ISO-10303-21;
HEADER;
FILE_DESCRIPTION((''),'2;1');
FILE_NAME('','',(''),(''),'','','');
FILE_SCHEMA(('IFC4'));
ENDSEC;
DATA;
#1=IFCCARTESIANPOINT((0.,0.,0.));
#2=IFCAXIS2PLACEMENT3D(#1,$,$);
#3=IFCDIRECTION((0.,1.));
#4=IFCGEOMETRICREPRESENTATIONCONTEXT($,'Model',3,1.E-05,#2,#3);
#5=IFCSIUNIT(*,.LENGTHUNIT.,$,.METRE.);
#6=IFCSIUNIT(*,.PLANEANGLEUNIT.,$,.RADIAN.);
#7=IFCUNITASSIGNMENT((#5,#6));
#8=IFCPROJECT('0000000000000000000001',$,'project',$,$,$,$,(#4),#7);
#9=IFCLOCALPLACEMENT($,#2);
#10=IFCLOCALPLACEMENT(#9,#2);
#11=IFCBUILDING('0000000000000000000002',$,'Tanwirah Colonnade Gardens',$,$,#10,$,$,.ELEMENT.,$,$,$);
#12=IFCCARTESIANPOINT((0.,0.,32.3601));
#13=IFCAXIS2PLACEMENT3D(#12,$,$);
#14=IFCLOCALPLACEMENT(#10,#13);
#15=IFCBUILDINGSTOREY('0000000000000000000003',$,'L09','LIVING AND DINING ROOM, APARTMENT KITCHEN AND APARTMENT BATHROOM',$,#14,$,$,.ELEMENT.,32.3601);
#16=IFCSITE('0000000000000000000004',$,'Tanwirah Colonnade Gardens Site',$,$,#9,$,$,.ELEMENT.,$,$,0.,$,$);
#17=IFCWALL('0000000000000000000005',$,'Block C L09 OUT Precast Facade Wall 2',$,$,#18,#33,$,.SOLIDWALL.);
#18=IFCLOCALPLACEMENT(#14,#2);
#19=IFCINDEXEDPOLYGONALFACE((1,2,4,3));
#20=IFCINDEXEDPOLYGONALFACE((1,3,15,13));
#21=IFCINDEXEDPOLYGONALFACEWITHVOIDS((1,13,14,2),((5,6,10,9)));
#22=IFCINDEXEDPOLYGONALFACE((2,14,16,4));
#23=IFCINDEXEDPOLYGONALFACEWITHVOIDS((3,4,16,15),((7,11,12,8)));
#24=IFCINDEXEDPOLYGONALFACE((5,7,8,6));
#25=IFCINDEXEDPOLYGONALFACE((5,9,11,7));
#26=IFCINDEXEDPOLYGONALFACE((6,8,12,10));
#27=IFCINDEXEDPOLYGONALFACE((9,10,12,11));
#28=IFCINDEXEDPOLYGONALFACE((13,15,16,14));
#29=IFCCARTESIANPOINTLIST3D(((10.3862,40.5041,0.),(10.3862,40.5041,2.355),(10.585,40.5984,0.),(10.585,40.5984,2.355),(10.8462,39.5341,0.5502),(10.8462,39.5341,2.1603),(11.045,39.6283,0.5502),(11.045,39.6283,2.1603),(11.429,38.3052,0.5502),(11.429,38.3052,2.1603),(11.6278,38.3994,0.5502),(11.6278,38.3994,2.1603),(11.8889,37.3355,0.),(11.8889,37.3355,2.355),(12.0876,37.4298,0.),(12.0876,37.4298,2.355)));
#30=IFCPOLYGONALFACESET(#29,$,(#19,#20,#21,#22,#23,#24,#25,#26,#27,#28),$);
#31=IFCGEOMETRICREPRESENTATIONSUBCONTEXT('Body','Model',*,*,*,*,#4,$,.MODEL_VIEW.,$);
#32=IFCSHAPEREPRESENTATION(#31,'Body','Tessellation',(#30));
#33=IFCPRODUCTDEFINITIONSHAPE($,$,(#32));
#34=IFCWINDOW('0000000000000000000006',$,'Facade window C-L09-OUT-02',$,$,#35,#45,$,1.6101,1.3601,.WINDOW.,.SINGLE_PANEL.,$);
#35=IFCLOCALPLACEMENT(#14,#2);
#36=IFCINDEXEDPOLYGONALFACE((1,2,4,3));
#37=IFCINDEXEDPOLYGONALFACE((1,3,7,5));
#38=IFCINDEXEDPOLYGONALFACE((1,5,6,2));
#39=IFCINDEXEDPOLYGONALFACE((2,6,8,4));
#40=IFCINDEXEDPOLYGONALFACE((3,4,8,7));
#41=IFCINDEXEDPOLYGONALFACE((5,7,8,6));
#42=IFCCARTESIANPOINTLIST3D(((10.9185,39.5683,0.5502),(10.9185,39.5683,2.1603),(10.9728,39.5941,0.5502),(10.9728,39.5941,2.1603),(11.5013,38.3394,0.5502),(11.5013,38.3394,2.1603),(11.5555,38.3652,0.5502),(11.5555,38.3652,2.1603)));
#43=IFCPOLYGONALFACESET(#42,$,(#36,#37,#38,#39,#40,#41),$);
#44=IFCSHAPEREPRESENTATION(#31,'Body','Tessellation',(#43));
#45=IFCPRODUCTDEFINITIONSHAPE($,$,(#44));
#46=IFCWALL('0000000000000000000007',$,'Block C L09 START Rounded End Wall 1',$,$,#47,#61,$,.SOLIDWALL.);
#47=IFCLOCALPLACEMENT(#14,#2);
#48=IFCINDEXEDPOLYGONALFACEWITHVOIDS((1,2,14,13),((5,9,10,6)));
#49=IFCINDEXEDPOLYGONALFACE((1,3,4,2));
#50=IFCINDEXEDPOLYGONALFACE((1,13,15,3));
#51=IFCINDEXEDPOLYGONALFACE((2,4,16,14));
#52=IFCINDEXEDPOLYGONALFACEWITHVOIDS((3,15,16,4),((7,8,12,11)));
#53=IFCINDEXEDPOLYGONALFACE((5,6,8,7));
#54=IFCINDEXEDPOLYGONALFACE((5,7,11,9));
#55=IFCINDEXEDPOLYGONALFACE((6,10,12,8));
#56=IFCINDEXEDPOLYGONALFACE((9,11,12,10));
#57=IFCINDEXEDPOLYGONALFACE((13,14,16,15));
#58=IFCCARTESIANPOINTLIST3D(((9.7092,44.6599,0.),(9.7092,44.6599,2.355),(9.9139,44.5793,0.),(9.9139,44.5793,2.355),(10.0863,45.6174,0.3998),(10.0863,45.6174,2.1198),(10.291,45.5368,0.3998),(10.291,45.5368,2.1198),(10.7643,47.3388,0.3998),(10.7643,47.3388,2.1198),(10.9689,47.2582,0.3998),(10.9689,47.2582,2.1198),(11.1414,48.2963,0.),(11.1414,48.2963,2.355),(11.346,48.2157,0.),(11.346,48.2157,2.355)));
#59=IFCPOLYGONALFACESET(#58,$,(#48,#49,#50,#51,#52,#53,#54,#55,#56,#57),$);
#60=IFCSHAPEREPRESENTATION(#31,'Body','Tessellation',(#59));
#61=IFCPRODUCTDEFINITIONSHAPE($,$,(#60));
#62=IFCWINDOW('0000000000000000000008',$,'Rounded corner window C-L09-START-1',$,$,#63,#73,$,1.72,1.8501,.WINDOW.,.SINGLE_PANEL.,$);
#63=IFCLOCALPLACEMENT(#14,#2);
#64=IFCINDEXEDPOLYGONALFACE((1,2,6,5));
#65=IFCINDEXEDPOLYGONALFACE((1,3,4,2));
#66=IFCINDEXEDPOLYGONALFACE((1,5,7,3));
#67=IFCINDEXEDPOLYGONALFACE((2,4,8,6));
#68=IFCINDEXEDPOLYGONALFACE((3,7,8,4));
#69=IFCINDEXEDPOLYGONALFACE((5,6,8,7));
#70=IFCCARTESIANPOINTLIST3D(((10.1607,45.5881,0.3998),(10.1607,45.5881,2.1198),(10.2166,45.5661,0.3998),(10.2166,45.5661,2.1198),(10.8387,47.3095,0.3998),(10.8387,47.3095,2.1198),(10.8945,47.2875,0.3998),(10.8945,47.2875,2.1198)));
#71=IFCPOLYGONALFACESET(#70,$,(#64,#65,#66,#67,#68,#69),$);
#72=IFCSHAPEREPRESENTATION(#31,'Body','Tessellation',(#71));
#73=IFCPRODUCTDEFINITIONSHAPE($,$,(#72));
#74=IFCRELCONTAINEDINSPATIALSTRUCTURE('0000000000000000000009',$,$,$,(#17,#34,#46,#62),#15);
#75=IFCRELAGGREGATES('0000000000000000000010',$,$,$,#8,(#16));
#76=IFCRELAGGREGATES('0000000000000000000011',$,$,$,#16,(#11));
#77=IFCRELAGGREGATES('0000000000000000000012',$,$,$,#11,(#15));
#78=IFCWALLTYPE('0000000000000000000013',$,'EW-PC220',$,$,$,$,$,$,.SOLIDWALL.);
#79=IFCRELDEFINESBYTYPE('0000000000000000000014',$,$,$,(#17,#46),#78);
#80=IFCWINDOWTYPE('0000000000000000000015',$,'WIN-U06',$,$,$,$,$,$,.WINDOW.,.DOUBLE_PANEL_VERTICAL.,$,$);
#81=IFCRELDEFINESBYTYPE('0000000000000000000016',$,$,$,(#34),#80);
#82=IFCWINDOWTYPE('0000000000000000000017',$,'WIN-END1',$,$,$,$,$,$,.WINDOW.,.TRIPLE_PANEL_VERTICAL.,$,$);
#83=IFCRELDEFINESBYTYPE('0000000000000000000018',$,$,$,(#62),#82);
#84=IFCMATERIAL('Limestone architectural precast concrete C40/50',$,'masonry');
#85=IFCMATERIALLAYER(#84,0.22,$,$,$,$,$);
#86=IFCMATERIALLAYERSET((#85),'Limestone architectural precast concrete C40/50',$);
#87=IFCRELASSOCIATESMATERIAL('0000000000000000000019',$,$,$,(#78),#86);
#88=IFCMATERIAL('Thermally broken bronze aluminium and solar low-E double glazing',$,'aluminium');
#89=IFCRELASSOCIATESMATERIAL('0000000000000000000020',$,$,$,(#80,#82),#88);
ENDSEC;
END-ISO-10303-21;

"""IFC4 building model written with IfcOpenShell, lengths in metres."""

from ifc_helpers import new_model, si_unit, direction, frame, frame_2d, origin, place, context, subcontext, project, spatial, rectangle, extrude, material, layer, layer_set, type_object, element, fill, save


model = new_model("IFC4")

# Units and contexts
model_context = context("Model", 3, precision=1e-05, world=origin(), true_north=direction((0.0, 1.0)))
body_context = subcontext(model_context, "Body", "Model", "MODEL_VIEW")
ifc_project = project(units=[si_unit("LENGTHUNIT", "METRE"), si_unit("PLANEANGLEUNIT", "RADIAN")], contexts=[model_context])

# Site, building, storey
site_placement = place(None, origin())
site = spatial("IfcSite", under=ifc_project, at=site_placement, Name="Tanwirah Colonnade Gardens Site", CompositionType="ELEMENT", RefElevation=0.0)
building_placement = place(site_placement, origin())
building = spatial("IfcBuilding", under=site, at=building_placement, Name="Tanwirah Colonnade Gardens", CompositionType="ELEMENT")
storey_placement = place(building_placement, frame((0.0, 0.0, 32.3601)))
storey = spatial("IfcBuildingStorey", under=building, at=storey_placement, Name="L09", Description="LIVING AND DINING ROOM, APARTMENT KITCHEN AND APARTMENT BATHROOM", CompositionType="ELEMENT", Elevation=32.3601)

# Walls, openings, windows
ifc_material_1 = material(Name="Limestone architectural precast concrete C40/50", Category="masonry")
ifc_layer_1 = layer(ifc_material_1, 0.22)
ifc_layer_set_1 = layer_set([ifc_layer_1], Name="Limestone architectural precast concrete C40/50")
wall_type_1 = type_object("IfcWallType", Name="EW-PC220", PredefinedType="SOLIDWALL", material=ifc_layer_set_1)
wall_1_placement = place(storey_placement, frame((10.4856, 40.5513, 0.0), z_axis=(0.0, 0.0, 1.0), x_axis=(0.428487, -0.903548, 0.0)))
wall_1 = element("IfcWall", 1, at=wall_1_placement, inside=storey, type_object=wall_type_1, Name="Block C L09 OUT Precast Facade Wall 2", PredefinedType="SOLIDWALL", context=body_context, shape_type="SweptSolid", body=[
    extrude(rectangle(XDim=3.5068, YDim=0.22, at=frame_2d((1.7534, 0.0))), origin(), (0.0, 0.0, 1.0), 2.355),
])
opening_1_placement = place(wall_1_placement, frame((1.0735, 0.0, 0.55)))
opening_1 = element("IfcOpeningElement", 2, at=opening_1_placement, cuts=wall_1, PredefinedType="OPENING", context=body_context, shape_type="SweptSolid", body=[
    extrude(rectangle(XDim=1.3601, YDim=1.6101, at=frame_2d((0.6802, 0.8052))), frame((0.0, 0.1199, 0.0), z_axis=(0.0, -1.0, 0.0), x_axis=(1.0, 0.0, 0.0)), (0.0, 0.0, 1.0), 0.24),
])
ifc_material_2 = material(Name="Thermally broken bronze aluminium and solar low-E double glazing", Category="aluminium")
window_type_1 = type_object("IfcWindowType", Name="WIN-U06", PartitioningType="DOUBLE_PANEL_VERTICAL", PredefinedType="WINDOW", material=ifc_material_2)
window_1_placement = place(opening_1_placement, origin())
window_1 = element("IfcWindow", 3, at=window_1_placement, inside=storey, type_object=window_type_1, Name="Facade window C-L09-OUT-02", OverallHeight=1.6101, OverallWidth=1.3601, PartitioningType="SINGLE_PANEL", PredefinedType="WINDOW", context=body_context, shape_type="SweptSolid", body=[
    extrude(rectangle(XDim=1.3601, YDim=1.6101, at=frame_2d((0.6802, 0.8052))), frame((0.0, 0.03, 0.0), z_axis=(0.0, -1.0, 0.0), x_axis=(1.0, 0.0, 0.0)), (0.0, 0.0, 1.0), 0.0601),
])
fill(opening_1, window_1)
wall_2_placement = place(storey_placement, frame((9.8115, 44.6196, 0.0), z_axis=(0.0, 0.0, 1.0), x_axis=(0.366452, 0.930437, 0.0)))
wall_2 = element("IfcWall", 4, at=wall_2_placement, inside=storey, type_object=wall_type_1, Name="Block C L09 START Rounded End Wall 1", PredefinedType="SOLIDWALL", context=body_context, shape_type="SweptSolid", body=[
    extrude(rectangle(XDim=3.9082, YDim=0.22, at=frame_2d((1.9541, 0.0))), origin(), (0.0, 0.0, 1.0), 2.355),
])
opening_2_placement = place(wall_2_placement, frame((1.0291, 0.0, 0.3999)))
opening_2 = element("IfcOpeningElement", 5, at=opening_2_placement, cuts=wall_2, PredefinedType="OPENING", context=body_context, shape_type="SweptSolid", body=[
    extrude(rectangle(XDim=1.8501, YDim=1.72, at=frame_2d((0.925, 0.8599))), frame((0.0, 0.1199, 0.0), z_axis=(0.0, -1.0, 0.0), x_axis=(1.0, 0.0, 0.0)), (0.0, 0.0, 1.0), 0.24),
])
window_type_2 = type_object("IfcWindowType", Name="WIN-END1", PartitioningType="TRIPLE_PANEL_VERTICAL", PredefinedType="WINDOW", material=ifc_material_2)
window_2_placement = place(opening_2_placement, origin())
window_2 = element("IfcWindow", 6, at=window_2_placement, inside=storey, type_object=window_type_2, Name="Rounded corner window C-L09-START-1", OverallHeight=1.72, OverallWidth=1.8501, PartitioningType="SINGLE_PANEL", PredefinedType="WINDOW", context=body_context, shape_type="SweptSolid", body=[
    extrude(rectangle(XDim=1.8501, YDim=1.72, at=frame_2d((0.925, 0.8599))), frame((0.0, 0.03, 0.0), z_axis=(0.0, -1.0, 0.0), x_axis=(1.0, 0.0, 0.0)), (0.0, 0.0, 1.0), 0.0601),
])
fill(opening_2, window_2)

save(model, "model.ifc")
